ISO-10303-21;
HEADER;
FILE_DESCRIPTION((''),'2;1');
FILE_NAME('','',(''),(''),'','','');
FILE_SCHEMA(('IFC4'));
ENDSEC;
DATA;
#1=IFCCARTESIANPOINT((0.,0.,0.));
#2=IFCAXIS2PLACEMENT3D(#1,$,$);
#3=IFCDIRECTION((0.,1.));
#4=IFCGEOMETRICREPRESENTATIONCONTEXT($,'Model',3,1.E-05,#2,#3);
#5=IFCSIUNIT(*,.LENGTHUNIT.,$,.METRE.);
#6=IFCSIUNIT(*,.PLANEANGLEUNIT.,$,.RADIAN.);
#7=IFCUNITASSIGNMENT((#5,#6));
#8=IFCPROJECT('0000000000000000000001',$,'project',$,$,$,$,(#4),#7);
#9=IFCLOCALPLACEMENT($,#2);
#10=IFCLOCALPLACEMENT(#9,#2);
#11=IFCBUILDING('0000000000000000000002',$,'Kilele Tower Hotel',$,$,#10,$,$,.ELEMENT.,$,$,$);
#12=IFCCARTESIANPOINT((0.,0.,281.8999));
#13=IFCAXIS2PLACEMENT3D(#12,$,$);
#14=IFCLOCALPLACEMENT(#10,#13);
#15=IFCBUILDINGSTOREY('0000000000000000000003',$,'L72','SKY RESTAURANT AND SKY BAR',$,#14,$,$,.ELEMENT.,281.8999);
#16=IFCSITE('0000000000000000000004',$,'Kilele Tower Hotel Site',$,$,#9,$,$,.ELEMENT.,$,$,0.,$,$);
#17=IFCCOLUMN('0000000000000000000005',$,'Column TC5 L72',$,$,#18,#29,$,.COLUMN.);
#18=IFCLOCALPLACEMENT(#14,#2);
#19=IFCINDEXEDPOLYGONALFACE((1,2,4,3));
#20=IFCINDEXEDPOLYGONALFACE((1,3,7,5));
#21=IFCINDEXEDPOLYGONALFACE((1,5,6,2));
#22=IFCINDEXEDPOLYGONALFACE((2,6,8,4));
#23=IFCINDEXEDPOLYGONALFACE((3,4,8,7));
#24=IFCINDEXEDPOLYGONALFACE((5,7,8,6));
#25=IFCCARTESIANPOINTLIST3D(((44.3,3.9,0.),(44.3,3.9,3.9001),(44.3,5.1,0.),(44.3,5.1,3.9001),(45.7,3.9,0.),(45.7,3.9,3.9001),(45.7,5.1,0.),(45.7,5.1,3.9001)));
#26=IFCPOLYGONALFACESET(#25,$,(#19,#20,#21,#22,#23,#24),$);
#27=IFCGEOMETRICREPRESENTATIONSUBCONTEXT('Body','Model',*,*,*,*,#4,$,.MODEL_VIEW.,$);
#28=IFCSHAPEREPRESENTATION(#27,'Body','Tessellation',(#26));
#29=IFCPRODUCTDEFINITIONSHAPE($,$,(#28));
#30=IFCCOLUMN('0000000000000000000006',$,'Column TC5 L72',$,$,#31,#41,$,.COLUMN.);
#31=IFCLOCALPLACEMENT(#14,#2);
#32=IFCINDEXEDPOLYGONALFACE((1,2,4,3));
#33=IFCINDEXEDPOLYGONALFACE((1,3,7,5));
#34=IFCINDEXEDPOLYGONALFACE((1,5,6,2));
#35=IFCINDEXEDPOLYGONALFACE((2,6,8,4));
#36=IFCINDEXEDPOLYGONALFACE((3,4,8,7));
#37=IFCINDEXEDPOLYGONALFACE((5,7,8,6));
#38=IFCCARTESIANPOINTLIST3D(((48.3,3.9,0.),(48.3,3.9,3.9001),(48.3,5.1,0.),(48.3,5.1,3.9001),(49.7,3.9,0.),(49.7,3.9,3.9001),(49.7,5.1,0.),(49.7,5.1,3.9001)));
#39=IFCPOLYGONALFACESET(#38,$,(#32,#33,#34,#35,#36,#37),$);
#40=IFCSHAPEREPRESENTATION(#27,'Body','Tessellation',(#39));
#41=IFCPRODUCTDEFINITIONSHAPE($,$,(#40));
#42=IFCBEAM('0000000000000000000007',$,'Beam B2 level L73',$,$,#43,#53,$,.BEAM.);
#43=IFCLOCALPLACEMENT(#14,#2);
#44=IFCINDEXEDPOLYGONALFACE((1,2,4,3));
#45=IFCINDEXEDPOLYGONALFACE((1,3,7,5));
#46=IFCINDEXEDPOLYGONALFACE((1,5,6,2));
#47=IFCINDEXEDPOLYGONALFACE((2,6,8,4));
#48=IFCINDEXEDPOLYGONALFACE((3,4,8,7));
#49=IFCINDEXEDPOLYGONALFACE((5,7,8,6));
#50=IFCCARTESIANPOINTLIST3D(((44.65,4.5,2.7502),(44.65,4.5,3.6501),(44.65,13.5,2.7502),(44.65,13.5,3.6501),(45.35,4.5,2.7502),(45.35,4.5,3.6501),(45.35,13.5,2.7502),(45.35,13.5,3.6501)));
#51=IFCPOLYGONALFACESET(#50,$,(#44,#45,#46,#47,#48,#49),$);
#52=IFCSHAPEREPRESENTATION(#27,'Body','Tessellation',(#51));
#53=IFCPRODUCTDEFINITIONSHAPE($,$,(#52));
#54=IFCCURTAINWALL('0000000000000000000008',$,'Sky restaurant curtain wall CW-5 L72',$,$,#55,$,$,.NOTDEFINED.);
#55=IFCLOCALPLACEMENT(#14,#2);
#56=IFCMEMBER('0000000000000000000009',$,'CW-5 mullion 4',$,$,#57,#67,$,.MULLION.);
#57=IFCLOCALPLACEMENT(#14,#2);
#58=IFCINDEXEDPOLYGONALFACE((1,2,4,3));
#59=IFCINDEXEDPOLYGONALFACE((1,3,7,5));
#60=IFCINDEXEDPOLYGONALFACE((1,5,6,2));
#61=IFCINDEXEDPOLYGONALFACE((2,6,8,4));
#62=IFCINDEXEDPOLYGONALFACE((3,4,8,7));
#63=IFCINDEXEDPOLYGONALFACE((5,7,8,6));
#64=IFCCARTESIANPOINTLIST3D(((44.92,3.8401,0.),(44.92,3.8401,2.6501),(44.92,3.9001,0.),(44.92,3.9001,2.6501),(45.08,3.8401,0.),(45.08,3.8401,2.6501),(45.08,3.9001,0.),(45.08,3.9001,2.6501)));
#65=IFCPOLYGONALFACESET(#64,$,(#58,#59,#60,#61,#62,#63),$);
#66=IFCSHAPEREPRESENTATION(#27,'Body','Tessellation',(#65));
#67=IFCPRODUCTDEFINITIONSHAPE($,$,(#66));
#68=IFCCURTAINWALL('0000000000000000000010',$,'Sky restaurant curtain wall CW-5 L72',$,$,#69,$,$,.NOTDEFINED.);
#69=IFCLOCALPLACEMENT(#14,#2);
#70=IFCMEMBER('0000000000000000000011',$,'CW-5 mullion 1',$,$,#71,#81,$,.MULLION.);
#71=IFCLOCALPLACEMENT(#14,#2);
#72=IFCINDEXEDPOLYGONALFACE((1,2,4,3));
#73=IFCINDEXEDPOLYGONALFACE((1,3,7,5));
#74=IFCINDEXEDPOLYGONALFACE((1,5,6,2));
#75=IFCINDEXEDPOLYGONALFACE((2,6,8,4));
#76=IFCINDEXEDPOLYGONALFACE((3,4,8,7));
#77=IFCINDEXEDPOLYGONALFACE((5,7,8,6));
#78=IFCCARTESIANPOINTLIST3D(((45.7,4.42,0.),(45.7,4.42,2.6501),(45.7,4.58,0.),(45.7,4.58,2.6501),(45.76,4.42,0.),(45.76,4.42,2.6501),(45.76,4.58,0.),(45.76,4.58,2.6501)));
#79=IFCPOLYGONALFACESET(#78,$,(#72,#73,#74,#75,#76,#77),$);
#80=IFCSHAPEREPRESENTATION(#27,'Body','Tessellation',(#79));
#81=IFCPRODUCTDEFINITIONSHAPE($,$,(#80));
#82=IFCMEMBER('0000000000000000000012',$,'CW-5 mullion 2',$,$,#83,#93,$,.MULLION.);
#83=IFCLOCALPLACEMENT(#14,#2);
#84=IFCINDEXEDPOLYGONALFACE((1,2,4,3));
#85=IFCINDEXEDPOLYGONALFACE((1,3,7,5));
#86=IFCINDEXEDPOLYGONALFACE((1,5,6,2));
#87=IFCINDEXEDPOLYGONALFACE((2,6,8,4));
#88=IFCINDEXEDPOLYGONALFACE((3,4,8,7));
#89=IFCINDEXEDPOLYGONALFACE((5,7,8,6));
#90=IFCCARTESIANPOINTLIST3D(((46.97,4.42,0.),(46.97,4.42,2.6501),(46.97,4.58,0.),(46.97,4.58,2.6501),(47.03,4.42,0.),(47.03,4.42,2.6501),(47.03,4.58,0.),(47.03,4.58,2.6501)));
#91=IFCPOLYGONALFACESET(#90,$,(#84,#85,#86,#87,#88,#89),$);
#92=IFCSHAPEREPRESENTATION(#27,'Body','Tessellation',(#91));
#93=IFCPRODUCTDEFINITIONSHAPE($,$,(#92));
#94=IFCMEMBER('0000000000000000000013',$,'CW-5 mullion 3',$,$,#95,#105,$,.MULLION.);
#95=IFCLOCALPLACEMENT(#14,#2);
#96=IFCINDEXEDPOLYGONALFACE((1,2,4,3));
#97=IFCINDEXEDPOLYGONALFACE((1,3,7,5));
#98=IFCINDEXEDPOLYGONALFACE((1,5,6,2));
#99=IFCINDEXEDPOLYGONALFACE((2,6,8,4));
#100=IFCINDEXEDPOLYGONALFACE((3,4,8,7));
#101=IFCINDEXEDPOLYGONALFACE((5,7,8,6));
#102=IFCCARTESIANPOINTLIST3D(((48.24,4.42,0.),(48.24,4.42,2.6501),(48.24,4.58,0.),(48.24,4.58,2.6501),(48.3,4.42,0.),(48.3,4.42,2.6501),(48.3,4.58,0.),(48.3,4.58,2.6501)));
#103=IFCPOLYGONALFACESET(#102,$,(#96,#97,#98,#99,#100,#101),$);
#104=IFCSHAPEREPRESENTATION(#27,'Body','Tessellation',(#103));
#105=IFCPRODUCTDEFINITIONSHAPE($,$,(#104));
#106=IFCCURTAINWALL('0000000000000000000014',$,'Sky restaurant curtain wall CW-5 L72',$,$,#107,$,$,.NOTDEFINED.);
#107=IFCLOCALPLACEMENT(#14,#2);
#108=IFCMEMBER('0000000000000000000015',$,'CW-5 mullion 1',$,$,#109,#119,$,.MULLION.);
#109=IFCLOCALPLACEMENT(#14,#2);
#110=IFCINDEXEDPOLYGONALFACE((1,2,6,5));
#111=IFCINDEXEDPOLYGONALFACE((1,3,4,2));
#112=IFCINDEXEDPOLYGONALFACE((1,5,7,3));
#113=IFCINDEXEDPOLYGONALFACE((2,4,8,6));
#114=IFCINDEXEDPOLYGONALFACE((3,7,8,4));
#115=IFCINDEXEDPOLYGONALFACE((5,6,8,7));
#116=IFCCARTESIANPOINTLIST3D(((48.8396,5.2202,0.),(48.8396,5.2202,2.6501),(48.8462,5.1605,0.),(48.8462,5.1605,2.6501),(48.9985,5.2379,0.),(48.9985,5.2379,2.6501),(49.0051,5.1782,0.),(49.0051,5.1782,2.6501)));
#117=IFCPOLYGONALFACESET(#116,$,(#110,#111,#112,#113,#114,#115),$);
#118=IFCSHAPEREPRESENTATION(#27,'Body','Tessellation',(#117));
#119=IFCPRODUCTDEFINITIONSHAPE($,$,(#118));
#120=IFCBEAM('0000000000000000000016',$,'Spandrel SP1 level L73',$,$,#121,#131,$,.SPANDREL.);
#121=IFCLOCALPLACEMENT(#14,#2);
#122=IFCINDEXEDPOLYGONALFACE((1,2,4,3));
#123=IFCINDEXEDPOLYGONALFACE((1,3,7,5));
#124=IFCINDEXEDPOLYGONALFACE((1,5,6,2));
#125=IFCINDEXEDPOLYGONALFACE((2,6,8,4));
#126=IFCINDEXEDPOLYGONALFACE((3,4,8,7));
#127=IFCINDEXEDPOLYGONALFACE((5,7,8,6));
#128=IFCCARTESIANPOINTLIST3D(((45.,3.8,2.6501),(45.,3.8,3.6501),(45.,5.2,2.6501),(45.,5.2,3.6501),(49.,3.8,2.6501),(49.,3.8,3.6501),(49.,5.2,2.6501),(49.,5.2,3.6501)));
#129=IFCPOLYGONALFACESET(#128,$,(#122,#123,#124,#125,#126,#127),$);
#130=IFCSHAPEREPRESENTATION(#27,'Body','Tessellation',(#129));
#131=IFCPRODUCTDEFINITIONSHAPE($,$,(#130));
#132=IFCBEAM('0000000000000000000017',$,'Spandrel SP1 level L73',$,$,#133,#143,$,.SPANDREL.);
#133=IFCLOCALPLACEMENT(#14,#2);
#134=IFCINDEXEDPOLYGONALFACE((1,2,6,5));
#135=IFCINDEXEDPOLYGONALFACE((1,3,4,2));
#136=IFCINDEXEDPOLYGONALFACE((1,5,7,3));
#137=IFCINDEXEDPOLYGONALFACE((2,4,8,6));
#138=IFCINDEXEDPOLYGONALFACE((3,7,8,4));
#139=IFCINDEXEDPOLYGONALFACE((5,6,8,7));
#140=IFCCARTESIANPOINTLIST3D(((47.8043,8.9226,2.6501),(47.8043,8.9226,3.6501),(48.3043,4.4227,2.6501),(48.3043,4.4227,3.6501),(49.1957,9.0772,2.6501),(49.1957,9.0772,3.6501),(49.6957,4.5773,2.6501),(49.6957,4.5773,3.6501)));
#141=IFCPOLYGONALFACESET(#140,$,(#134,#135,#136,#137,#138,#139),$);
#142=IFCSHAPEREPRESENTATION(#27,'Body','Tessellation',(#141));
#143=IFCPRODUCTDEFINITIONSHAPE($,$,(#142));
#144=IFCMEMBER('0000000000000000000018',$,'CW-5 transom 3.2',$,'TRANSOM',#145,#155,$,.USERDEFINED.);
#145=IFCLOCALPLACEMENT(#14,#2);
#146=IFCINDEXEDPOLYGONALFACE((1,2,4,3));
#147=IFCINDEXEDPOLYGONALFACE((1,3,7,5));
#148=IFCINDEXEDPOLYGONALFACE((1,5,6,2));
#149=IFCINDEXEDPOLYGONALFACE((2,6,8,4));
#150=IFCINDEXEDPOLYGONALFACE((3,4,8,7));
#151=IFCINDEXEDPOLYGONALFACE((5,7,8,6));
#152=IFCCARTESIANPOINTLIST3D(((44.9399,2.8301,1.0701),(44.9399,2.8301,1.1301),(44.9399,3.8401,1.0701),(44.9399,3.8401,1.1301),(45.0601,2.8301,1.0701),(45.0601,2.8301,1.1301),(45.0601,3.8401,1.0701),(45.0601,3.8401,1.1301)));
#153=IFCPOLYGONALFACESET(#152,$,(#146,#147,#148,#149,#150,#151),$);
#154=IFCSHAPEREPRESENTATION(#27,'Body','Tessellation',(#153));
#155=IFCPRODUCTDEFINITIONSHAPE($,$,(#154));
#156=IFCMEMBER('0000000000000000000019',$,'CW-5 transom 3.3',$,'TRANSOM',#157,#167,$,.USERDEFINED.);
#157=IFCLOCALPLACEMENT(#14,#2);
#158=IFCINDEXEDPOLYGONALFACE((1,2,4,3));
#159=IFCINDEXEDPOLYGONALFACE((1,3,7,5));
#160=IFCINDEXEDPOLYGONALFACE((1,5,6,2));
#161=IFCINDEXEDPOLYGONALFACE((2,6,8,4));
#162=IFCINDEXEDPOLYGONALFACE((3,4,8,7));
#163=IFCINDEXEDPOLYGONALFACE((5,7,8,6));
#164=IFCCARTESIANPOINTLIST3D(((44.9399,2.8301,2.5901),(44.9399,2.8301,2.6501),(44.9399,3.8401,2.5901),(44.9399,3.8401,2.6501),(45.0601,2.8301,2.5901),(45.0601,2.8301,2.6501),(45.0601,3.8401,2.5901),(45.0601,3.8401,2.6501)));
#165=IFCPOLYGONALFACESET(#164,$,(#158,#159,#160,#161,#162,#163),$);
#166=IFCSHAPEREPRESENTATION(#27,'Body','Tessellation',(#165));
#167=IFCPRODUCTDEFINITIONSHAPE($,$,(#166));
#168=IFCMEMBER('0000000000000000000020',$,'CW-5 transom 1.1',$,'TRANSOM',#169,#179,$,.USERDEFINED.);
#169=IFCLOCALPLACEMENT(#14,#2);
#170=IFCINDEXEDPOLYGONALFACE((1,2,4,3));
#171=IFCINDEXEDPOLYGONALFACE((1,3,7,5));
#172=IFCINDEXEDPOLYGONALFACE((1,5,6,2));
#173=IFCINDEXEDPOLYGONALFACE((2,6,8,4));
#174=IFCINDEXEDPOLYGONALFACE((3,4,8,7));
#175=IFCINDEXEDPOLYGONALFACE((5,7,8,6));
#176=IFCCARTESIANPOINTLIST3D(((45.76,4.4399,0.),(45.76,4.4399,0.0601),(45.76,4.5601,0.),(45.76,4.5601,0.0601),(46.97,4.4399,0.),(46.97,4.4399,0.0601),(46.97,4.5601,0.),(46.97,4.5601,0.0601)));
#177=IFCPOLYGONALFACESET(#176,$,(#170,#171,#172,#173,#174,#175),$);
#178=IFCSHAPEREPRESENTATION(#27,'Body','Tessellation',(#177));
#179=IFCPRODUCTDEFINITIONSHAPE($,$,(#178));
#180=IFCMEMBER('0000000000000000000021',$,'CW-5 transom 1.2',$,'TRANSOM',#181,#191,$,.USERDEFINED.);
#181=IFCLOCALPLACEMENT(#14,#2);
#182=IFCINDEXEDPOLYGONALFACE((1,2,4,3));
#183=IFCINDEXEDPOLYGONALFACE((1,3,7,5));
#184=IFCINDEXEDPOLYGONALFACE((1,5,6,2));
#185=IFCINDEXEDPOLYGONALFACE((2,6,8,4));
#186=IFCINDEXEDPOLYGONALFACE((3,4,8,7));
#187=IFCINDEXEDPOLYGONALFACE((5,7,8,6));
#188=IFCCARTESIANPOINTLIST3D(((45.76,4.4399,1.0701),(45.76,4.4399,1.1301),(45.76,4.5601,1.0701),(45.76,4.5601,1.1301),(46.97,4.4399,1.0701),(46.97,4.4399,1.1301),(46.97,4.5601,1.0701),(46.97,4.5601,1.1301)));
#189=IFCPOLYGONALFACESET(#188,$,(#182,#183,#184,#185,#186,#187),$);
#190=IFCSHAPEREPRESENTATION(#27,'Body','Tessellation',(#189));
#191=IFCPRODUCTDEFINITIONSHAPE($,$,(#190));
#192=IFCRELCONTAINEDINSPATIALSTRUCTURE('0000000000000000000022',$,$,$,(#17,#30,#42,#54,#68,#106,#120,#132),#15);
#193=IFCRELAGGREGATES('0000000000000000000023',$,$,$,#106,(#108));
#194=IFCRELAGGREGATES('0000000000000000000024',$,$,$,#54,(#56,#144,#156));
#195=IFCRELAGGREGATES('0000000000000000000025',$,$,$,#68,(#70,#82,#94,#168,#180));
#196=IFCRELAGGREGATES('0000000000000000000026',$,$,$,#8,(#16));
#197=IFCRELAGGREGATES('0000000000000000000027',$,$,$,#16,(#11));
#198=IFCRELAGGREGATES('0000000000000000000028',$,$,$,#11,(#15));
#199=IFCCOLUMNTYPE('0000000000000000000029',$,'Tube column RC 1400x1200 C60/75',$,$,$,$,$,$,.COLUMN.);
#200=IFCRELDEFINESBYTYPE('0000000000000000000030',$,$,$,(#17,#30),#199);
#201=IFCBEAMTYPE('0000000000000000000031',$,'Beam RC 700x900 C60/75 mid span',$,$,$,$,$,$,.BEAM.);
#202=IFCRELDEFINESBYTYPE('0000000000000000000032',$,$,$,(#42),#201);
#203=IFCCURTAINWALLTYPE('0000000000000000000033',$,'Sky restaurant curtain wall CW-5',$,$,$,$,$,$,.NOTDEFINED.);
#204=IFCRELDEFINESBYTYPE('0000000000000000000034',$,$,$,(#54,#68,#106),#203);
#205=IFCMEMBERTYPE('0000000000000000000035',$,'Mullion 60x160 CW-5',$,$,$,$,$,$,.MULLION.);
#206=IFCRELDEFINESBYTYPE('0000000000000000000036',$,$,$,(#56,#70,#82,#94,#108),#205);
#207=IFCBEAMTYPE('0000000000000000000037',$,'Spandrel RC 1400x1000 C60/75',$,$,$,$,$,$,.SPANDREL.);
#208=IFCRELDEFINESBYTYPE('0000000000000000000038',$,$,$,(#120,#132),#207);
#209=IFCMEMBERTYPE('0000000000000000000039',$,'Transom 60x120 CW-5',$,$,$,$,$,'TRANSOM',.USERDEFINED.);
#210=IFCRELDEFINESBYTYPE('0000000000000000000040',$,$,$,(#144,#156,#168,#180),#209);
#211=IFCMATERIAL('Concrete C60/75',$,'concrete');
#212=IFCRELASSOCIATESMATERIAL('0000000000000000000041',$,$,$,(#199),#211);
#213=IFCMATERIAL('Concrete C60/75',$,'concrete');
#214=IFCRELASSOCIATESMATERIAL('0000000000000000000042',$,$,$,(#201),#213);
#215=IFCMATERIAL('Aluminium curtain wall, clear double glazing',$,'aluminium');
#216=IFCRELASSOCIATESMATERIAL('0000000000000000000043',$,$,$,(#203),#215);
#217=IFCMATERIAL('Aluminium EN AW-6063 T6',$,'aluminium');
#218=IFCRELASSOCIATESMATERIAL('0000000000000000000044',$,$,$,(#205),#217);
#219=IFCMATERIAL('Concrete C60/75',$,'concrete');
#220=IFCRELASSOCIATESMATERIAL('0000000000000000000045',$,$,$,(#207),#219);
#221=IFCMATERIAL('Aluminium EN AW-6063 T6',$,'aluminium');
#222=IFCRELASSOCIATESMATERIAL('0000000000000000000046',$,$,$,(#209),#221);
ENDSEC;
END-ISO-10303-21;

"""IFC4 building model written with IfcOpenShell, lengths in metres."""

from ifc_helpers import new_model, si_unit, direction, frame, origin, origin_2d, place, context, subcontext, project, spatial, rectangle, extrude, material, material_profile, profile_set, type_object, element, aggregate, save


model = new_model("IFC4")

# Units and contexts
model_context = context("Model", 3, precision=1e-05, world=origin(), true_north=direction((0.0, 1.0)))
body_context = subcontext(model_context, "Body", "Model", "MODEL_VIEW")
ifc_project = project(units=[si_unit("LENGTHUNIT", "METRE"), si_unit("PLANEANGLEUNIT", "RADIAN")], contexts=[model_context])

# Site, building, storey
site_placement = place(None, origin())
site = spatial("IfcSite", under=ifc_project, at=site_placement, Name="Kilele Tower Hotel Site", CompositionType="ELEMENT", RefElevation=0.0)
building_placement = place(site_placement, origin())
building = spatial("IfcBuilding", under=site, at=building_placement, Name="Kilele Tower Hotel", CompositionType="ELEMENT")
storey_placement = place(building_placement, frame((0.0, 0.0, 281.8999)))
storey = spatial("IfcBuildingStorey", under=building, at=storey_placement, Name="L72", Description="SKY RESTAURANT AND SKY BAR", CompositionType="ELEMENT", Elevation=281.8999)

# Columns
ifc_material_1 = material(Name="Concrete C60/75", Category="concrete")
ifc_material_profile_1 = material_profile(ifc_material_1, rectangle(XDim=1.3999, YDim=1.2, at=origin_2d()))
ifc_profile_set_1 = profile_set([ifc_material_profile_1], Name="Concrete C60/75")
column_type = type_object("IfcColumnType", Name="Tube column RC 1400x1200 C60/75", PredefinedType="COLUMN", material=ifc_profile_set_1)
for number, where, z_axis, x_axis, name in (
    (1, (45.0, 4.5, 0.0), (0.0, 0.0, 1.0), (1.0, 0.0, 0.0), "Column TC5 L72"),
    (2, (49.0, 4.5, 0.0), (0.0, 0.0, 1.0), (1.0, 0.0, 0.0), "Column TC5 L72"),
):
    element("IfcColumn", number, at=place(storey_placement, frame(where, z_axis=z_axis, x_axis=x_axis)), inside=storey, type_object=column_type, Name=name, PredefinedType="COLUMN", context=body_context, shape_type="SweptSolid", body=[
        extrude(rectangle(XDim=1.3999, YDim=1.2, at=origin_2d()), origin(), (0.0, 0.0, 1.0), 3.9001),
    ])

# Beam
ifc_material_2 = material(Name="Concrete C60/75", Category="concrete")
ifc_material_profile_2 = material_profile(ifc_material_2, rectangle(XDim=0.7, YDim=0.8999, at=origin_2d()))
ifc_profile_set_2 = profile_set([ifc_material_profile_2], Name="Concrete C60/75")
beam_type_1 = type_object("IfcBeamType", Name="Beam RC 700x900 C60/75 mid span", PredefinedType="BEAM", material=ifc_profile_set_2)
beam_1_placement = place(storey_placement, frame((45.0, 4.5, 3.2002), z_axis=(0.0, 1.0, 0.0), x_axis=(-1.0, 0.0, 0.0)))
element("IfcBeam", 3, at=beam_1_placement, inside=storey, type_object=beam_type_1, Name="Beam B2 level L73", PredefinedType="BEAM", context=body_context, shape_type="SweptSolid", body=[
    extrude(rectangle(XDim=0.7, YDim=0.8999, at=origin_2d()), origin(), (0.0, 0.0, 1.0), 9.0),
])

# Curtain wall, member
ifc_material_3 = material(Name="Aluminium curtain wall, clear double glazing", Category="aluminium")
curtain_wall_type = type_object("IfcCurtainWallType", Name="Sky restaurant curtain wall CW-5", PredefinedType="NOTDEFINED", material=ifc_material_3)
curtain_wall_1_placement = place(storey_placement, origin())
curtain_wall_1 = element("IfcCurtainWall", 4, at=curtain_wall_1_placement, inside=storey, type_object=curtain_wall_type, Name="Sky restaurant curtain wall CW-5 L72", PredefinedType="NOTDEFINED")
ifc_material_4 = material(Name="Aluminium EN AW-6063 T6", Category="aluminium")
ifc_material_profile_3 = material_profile(ifc_material_4, rectangle(XDim=0.1599, YDim=0.0601, at=origin_2d()))
ifc_profile_set_3 = profile_set([ifc_material_profile_3], Name="Aluminium EN AW-6063 T6")
member_type_1 = type_object("IfcMemberType", Name="Mullion 60x160 CW-5", PredefinedType="MULLION", material=ifc_profile_set_3)
member_1_placement = place(storey_placement, frame((45.0, 3.8701, 0.0), z_axis=(0.0, 0.0, 1.0), x_axis=(-1.0, 0.0, 0.0)))
member_1 = element("IfcMember", 5, at=member_1_placement, type_object=member_type_1, Name="CW-5 mullion 4", PredefinedType="MULLION", context=body_context, shape_type="SweptSolid", body=[
    extrude(rectangle(XDim=0.1599, YDim=0.0601, at=origin_2d()), origin(), (0.0, 0.0, 1.0), 2.6501),
])

# Curtain wall, members
curtain_wall_2_placement = place(storey_placement, origin())
curtain_wall_2 = element("IfcCurtainWall", 6, at=curtain_wall_2_placement, inside=storey, type_object=curtain_wall_type, Name="Sky restaurant curtain wall CW-5 L72", PredefinedType="NOTDEFINED")
member_2_placement = place(storey_placement, frame((45.73, 4.5, 0.0), z_axis=(0.0, 0.0, 1.0), x_axis=(0.0, 1.0, 0.0)))
member_2 = element("IfcMember", 7, at=member_2_placement, type_object=member_type_1, Name="CW-5 mullion 1", PredefinedType="MULLION", context=body_context, shape_type="SweptSolid", body=[
    extrude(rectangle(XDim=0.1599, YDim=0.0601, at=origin_2d()), origin(), (0.0, 0.0, 1.0), 2.6501),
])
member_3_placement = place(storey_placement, frame((47.0, 4.5, 0.0), z_axis=(0.0, 0.0, 1.0), x_axis=(0.0, 1.0, 0.0)))
member_3 = element("IfcMember", 8, at=member_3_placement, type_object=member_type_1, Name="CW-5 mullion 2", PredefinedType="MULLION", context=body_context, shape_type="SweptSolid", body=[
    extrude(rectangle(XDim=0.1599, YDim=0.0601, at=origin_2d()), origin(), (0.0, 0.0, 1.0), 2.6501),
])
member_4_placement = place(storey_placement, frame((48.27, 4.5, 0.0), z_axis=(0.0, 0.0, 1.0), x_axis=(0.0, 1.0, 0.0)))
member_4 = element("IfcMember", 9, at=member_4_placement, type_object=member_type_1, Name="CW-5 mullion 3", PredefinedType="MULLION", context=body_context, shape_type="SweptSolid", body=[
    extrude(rectangle(XDim=0.1599, YDim=0.0601, at=origin_2d()), origin(), (0.0, 0.0, 1.0), 2.6501),
])

# Curtain wall, member
curtain_wall_3_placement = place(storey_placement, origin())
curtain_wall_3 = element("IfcCurtainWall", 10, at=curtain_wall_3_placement, inside=storey, type_object=curtain_wall_type, Name="Sky restaurant curtain wall CW-5 L72", PredefinedType="NOTDEFINED")
member_5_placement = place(storey_placement, frame((48.9224, 5.1992, 0.0), z_axis=(0.0, 0.0, 1.0), x_axis=(-0.993884, -0.110432, 0.0)))
member_5 = element("IfcMember", 11, at=member_5_placement, type_object=member_type_1, Name="CW-5 mullion 1", PredefinedType="MULLION", context=body_context, shape_type="SweptSolid", body=[
    extrude(rectangle(XDim=0.1599, YDim=0.0601, at=origin_2d()), origin(), (0.0, 0.0, 1.0), 2.6501),
])

# Beams
ifc_material_5 = material(Name="Concrete C60/75", Category="concrete")
ifc_material_profile_4 = material_profile(ifc_material_5, rectangle(XDim=1.3999, YDim=1.0, at=origin_2d()))
ifc_profile_set_4 = profile_set([ifc_material_profile_4], Name="Concrete C60/75")
beam_type_2 = type_object("IfcBeamType", Name="Spandrel RC 1400x1000 C60/75", PredefinedType="SPANDREL", material=ifc_profile_set_4)
beam_2_placement = place(storey_placement, frame((45.0, 4.5, 3.1501), z_axis=(1.0, 0.0, 0.0), x_axis=(0.0, 1.0, 0.0)))
element("IfcBeam", 12, at=beam_2_placement, inside=storey, type_object=beam_type_2, Name="Spandrel SP1 level L73", PredefinedType="SPANDREL", context=body_context, shape_type="SweptSolid", body=[
    extrude(rectangle(XDim=1.3999, YDim=1.0, at=origin_2d()), origin(), (0.0, 0.0, 1.0), 4.0),
])
beam_3_placement = place(storey_placement, frame((49.0, 4.5, 3.1501), z_axis=(-0.110432, 0.993884, 0.0), x_axis=(-0.993884, -0.110432, 0.0)))
element("IfcBeam", 13, at=beam_3_placement, inside=storey, type_object=beam_type_2, Name="Spandrel SP1 level L73", PredefinedType="SPANDREL", context=body_context, shape_type="SweptSolid", body=[
    extrude(rectangle(XDim=1.3999, YDim=1.0, at=origin_2d()), origin(), (0.0, 0.0, 1.0), 4.5276),
])

# Members
ifc_material_6 = material(Name="Aluminium EN AW-6063 T6", Category="aluminium")
ifc_material_profile_5 = material_profile(ifc_material_6, rectangle(XDim=0.1201, YDim=0.0601, at=origin_2d()))
ifc_profile_set_5 = profile_set([ifc_material_profile_5], Name="Aluminium EN AW-6063 T6")
member_type_2 = type_object("IfcMemberType", Name="Transom 60x120 CW-5", ElementType="TRANSOM", PredefinedType="USERDEFINED", material=ifc_profile_set_5)
member_6_placement = place(storey_placement, frame((45.0, 2.8301, 1.1001), z_axis=(0.0, 1.0, 0.0), x_axis=(-1.0, 0.0, 0.0)))
member_6 = element("IfcMember", 14, at=member_6_placement, type_object=member_type_2, Name="CW-5 transom 3.2", ObjectType="TRANSOM", PredefinedType="USERDEFINED", context=body_context, shape_type="SweptSolid", body=[
    extrude(rectangle(XDim=0.1201, YDim=0.0601, at=origin_2d()), origin(), (0.0, 0.0, 1.0), 1.01),
])
member_7_placement = place(storey_placement, frame((45.0, 2.8301, 2.6201), z_axis=(0.0, 1.0, 0.0), x_axis=(-1.0, 0.0, 0.0)))
member_7 = element("IfcMember", 15, at=member_7_placement, type_object=member_type_2, Name="CW-5 transom 3.3", ObjectType="TRANSOM", PredefinedType="USERDEFINED", context=body_context, shape_type="SweptSolid", body=[
    extrude(rectangle(XDim=0.1201, YDim=0.0601, at=origin_2d()), origin(), (0.0, 0.0, 1.0), 1.01),
])
member_8_placement = place(storey_placement, frame((45.76, 4.5, 0.03), z_axis=(1.0, 0.0, 0.0), x_axis=(0.0, 1.0, 0.0)))
member_8 = element("IfcMember", 16, at=member_8_placement, type_object=member_type_2, Name="CW-5 transom 1.1", ObjectType="TRANSOM", PredefinedType="USERDEFINED", context=body_context, shape_type="SweptSolid", body=[
    extrude(rectangle(XDim=0.1201, YDim=0.0601, at=origin_2d()), origin(), (0.0, 0.0, 1.0), 1.21),
])
member_9_placement = place(storey_placement, frame((45.76, 4.5, 1.1001), z_axis=(1.0, 0.0, 0.0), x_axis=(0.0, 1.0, 0.0)))
member_9 = element("IfcMember", 17, at=member_9_placement, type_object=member_type_2, Name="CW-5 transom 1.2", ObjectType="TRANSOM", PredefinedType="USERDEFINED", context=body_context, shape_type="SweptSolid", body=[
    extrude(rectangle(XDim=0.1201, YDim=0.0601, at=origin_2d()), origin(), (0.0, 0.0, 1.0), 1.21),
])
aggregate(curtain_wall_3, [member_5])

aggregate(curtain_wall_1, [member_1, member_6, member_7])
aggregate(curtain_wall_2, [member_2, member_3, member_4, member_8, member_9])

save(model, "model.ifc")
